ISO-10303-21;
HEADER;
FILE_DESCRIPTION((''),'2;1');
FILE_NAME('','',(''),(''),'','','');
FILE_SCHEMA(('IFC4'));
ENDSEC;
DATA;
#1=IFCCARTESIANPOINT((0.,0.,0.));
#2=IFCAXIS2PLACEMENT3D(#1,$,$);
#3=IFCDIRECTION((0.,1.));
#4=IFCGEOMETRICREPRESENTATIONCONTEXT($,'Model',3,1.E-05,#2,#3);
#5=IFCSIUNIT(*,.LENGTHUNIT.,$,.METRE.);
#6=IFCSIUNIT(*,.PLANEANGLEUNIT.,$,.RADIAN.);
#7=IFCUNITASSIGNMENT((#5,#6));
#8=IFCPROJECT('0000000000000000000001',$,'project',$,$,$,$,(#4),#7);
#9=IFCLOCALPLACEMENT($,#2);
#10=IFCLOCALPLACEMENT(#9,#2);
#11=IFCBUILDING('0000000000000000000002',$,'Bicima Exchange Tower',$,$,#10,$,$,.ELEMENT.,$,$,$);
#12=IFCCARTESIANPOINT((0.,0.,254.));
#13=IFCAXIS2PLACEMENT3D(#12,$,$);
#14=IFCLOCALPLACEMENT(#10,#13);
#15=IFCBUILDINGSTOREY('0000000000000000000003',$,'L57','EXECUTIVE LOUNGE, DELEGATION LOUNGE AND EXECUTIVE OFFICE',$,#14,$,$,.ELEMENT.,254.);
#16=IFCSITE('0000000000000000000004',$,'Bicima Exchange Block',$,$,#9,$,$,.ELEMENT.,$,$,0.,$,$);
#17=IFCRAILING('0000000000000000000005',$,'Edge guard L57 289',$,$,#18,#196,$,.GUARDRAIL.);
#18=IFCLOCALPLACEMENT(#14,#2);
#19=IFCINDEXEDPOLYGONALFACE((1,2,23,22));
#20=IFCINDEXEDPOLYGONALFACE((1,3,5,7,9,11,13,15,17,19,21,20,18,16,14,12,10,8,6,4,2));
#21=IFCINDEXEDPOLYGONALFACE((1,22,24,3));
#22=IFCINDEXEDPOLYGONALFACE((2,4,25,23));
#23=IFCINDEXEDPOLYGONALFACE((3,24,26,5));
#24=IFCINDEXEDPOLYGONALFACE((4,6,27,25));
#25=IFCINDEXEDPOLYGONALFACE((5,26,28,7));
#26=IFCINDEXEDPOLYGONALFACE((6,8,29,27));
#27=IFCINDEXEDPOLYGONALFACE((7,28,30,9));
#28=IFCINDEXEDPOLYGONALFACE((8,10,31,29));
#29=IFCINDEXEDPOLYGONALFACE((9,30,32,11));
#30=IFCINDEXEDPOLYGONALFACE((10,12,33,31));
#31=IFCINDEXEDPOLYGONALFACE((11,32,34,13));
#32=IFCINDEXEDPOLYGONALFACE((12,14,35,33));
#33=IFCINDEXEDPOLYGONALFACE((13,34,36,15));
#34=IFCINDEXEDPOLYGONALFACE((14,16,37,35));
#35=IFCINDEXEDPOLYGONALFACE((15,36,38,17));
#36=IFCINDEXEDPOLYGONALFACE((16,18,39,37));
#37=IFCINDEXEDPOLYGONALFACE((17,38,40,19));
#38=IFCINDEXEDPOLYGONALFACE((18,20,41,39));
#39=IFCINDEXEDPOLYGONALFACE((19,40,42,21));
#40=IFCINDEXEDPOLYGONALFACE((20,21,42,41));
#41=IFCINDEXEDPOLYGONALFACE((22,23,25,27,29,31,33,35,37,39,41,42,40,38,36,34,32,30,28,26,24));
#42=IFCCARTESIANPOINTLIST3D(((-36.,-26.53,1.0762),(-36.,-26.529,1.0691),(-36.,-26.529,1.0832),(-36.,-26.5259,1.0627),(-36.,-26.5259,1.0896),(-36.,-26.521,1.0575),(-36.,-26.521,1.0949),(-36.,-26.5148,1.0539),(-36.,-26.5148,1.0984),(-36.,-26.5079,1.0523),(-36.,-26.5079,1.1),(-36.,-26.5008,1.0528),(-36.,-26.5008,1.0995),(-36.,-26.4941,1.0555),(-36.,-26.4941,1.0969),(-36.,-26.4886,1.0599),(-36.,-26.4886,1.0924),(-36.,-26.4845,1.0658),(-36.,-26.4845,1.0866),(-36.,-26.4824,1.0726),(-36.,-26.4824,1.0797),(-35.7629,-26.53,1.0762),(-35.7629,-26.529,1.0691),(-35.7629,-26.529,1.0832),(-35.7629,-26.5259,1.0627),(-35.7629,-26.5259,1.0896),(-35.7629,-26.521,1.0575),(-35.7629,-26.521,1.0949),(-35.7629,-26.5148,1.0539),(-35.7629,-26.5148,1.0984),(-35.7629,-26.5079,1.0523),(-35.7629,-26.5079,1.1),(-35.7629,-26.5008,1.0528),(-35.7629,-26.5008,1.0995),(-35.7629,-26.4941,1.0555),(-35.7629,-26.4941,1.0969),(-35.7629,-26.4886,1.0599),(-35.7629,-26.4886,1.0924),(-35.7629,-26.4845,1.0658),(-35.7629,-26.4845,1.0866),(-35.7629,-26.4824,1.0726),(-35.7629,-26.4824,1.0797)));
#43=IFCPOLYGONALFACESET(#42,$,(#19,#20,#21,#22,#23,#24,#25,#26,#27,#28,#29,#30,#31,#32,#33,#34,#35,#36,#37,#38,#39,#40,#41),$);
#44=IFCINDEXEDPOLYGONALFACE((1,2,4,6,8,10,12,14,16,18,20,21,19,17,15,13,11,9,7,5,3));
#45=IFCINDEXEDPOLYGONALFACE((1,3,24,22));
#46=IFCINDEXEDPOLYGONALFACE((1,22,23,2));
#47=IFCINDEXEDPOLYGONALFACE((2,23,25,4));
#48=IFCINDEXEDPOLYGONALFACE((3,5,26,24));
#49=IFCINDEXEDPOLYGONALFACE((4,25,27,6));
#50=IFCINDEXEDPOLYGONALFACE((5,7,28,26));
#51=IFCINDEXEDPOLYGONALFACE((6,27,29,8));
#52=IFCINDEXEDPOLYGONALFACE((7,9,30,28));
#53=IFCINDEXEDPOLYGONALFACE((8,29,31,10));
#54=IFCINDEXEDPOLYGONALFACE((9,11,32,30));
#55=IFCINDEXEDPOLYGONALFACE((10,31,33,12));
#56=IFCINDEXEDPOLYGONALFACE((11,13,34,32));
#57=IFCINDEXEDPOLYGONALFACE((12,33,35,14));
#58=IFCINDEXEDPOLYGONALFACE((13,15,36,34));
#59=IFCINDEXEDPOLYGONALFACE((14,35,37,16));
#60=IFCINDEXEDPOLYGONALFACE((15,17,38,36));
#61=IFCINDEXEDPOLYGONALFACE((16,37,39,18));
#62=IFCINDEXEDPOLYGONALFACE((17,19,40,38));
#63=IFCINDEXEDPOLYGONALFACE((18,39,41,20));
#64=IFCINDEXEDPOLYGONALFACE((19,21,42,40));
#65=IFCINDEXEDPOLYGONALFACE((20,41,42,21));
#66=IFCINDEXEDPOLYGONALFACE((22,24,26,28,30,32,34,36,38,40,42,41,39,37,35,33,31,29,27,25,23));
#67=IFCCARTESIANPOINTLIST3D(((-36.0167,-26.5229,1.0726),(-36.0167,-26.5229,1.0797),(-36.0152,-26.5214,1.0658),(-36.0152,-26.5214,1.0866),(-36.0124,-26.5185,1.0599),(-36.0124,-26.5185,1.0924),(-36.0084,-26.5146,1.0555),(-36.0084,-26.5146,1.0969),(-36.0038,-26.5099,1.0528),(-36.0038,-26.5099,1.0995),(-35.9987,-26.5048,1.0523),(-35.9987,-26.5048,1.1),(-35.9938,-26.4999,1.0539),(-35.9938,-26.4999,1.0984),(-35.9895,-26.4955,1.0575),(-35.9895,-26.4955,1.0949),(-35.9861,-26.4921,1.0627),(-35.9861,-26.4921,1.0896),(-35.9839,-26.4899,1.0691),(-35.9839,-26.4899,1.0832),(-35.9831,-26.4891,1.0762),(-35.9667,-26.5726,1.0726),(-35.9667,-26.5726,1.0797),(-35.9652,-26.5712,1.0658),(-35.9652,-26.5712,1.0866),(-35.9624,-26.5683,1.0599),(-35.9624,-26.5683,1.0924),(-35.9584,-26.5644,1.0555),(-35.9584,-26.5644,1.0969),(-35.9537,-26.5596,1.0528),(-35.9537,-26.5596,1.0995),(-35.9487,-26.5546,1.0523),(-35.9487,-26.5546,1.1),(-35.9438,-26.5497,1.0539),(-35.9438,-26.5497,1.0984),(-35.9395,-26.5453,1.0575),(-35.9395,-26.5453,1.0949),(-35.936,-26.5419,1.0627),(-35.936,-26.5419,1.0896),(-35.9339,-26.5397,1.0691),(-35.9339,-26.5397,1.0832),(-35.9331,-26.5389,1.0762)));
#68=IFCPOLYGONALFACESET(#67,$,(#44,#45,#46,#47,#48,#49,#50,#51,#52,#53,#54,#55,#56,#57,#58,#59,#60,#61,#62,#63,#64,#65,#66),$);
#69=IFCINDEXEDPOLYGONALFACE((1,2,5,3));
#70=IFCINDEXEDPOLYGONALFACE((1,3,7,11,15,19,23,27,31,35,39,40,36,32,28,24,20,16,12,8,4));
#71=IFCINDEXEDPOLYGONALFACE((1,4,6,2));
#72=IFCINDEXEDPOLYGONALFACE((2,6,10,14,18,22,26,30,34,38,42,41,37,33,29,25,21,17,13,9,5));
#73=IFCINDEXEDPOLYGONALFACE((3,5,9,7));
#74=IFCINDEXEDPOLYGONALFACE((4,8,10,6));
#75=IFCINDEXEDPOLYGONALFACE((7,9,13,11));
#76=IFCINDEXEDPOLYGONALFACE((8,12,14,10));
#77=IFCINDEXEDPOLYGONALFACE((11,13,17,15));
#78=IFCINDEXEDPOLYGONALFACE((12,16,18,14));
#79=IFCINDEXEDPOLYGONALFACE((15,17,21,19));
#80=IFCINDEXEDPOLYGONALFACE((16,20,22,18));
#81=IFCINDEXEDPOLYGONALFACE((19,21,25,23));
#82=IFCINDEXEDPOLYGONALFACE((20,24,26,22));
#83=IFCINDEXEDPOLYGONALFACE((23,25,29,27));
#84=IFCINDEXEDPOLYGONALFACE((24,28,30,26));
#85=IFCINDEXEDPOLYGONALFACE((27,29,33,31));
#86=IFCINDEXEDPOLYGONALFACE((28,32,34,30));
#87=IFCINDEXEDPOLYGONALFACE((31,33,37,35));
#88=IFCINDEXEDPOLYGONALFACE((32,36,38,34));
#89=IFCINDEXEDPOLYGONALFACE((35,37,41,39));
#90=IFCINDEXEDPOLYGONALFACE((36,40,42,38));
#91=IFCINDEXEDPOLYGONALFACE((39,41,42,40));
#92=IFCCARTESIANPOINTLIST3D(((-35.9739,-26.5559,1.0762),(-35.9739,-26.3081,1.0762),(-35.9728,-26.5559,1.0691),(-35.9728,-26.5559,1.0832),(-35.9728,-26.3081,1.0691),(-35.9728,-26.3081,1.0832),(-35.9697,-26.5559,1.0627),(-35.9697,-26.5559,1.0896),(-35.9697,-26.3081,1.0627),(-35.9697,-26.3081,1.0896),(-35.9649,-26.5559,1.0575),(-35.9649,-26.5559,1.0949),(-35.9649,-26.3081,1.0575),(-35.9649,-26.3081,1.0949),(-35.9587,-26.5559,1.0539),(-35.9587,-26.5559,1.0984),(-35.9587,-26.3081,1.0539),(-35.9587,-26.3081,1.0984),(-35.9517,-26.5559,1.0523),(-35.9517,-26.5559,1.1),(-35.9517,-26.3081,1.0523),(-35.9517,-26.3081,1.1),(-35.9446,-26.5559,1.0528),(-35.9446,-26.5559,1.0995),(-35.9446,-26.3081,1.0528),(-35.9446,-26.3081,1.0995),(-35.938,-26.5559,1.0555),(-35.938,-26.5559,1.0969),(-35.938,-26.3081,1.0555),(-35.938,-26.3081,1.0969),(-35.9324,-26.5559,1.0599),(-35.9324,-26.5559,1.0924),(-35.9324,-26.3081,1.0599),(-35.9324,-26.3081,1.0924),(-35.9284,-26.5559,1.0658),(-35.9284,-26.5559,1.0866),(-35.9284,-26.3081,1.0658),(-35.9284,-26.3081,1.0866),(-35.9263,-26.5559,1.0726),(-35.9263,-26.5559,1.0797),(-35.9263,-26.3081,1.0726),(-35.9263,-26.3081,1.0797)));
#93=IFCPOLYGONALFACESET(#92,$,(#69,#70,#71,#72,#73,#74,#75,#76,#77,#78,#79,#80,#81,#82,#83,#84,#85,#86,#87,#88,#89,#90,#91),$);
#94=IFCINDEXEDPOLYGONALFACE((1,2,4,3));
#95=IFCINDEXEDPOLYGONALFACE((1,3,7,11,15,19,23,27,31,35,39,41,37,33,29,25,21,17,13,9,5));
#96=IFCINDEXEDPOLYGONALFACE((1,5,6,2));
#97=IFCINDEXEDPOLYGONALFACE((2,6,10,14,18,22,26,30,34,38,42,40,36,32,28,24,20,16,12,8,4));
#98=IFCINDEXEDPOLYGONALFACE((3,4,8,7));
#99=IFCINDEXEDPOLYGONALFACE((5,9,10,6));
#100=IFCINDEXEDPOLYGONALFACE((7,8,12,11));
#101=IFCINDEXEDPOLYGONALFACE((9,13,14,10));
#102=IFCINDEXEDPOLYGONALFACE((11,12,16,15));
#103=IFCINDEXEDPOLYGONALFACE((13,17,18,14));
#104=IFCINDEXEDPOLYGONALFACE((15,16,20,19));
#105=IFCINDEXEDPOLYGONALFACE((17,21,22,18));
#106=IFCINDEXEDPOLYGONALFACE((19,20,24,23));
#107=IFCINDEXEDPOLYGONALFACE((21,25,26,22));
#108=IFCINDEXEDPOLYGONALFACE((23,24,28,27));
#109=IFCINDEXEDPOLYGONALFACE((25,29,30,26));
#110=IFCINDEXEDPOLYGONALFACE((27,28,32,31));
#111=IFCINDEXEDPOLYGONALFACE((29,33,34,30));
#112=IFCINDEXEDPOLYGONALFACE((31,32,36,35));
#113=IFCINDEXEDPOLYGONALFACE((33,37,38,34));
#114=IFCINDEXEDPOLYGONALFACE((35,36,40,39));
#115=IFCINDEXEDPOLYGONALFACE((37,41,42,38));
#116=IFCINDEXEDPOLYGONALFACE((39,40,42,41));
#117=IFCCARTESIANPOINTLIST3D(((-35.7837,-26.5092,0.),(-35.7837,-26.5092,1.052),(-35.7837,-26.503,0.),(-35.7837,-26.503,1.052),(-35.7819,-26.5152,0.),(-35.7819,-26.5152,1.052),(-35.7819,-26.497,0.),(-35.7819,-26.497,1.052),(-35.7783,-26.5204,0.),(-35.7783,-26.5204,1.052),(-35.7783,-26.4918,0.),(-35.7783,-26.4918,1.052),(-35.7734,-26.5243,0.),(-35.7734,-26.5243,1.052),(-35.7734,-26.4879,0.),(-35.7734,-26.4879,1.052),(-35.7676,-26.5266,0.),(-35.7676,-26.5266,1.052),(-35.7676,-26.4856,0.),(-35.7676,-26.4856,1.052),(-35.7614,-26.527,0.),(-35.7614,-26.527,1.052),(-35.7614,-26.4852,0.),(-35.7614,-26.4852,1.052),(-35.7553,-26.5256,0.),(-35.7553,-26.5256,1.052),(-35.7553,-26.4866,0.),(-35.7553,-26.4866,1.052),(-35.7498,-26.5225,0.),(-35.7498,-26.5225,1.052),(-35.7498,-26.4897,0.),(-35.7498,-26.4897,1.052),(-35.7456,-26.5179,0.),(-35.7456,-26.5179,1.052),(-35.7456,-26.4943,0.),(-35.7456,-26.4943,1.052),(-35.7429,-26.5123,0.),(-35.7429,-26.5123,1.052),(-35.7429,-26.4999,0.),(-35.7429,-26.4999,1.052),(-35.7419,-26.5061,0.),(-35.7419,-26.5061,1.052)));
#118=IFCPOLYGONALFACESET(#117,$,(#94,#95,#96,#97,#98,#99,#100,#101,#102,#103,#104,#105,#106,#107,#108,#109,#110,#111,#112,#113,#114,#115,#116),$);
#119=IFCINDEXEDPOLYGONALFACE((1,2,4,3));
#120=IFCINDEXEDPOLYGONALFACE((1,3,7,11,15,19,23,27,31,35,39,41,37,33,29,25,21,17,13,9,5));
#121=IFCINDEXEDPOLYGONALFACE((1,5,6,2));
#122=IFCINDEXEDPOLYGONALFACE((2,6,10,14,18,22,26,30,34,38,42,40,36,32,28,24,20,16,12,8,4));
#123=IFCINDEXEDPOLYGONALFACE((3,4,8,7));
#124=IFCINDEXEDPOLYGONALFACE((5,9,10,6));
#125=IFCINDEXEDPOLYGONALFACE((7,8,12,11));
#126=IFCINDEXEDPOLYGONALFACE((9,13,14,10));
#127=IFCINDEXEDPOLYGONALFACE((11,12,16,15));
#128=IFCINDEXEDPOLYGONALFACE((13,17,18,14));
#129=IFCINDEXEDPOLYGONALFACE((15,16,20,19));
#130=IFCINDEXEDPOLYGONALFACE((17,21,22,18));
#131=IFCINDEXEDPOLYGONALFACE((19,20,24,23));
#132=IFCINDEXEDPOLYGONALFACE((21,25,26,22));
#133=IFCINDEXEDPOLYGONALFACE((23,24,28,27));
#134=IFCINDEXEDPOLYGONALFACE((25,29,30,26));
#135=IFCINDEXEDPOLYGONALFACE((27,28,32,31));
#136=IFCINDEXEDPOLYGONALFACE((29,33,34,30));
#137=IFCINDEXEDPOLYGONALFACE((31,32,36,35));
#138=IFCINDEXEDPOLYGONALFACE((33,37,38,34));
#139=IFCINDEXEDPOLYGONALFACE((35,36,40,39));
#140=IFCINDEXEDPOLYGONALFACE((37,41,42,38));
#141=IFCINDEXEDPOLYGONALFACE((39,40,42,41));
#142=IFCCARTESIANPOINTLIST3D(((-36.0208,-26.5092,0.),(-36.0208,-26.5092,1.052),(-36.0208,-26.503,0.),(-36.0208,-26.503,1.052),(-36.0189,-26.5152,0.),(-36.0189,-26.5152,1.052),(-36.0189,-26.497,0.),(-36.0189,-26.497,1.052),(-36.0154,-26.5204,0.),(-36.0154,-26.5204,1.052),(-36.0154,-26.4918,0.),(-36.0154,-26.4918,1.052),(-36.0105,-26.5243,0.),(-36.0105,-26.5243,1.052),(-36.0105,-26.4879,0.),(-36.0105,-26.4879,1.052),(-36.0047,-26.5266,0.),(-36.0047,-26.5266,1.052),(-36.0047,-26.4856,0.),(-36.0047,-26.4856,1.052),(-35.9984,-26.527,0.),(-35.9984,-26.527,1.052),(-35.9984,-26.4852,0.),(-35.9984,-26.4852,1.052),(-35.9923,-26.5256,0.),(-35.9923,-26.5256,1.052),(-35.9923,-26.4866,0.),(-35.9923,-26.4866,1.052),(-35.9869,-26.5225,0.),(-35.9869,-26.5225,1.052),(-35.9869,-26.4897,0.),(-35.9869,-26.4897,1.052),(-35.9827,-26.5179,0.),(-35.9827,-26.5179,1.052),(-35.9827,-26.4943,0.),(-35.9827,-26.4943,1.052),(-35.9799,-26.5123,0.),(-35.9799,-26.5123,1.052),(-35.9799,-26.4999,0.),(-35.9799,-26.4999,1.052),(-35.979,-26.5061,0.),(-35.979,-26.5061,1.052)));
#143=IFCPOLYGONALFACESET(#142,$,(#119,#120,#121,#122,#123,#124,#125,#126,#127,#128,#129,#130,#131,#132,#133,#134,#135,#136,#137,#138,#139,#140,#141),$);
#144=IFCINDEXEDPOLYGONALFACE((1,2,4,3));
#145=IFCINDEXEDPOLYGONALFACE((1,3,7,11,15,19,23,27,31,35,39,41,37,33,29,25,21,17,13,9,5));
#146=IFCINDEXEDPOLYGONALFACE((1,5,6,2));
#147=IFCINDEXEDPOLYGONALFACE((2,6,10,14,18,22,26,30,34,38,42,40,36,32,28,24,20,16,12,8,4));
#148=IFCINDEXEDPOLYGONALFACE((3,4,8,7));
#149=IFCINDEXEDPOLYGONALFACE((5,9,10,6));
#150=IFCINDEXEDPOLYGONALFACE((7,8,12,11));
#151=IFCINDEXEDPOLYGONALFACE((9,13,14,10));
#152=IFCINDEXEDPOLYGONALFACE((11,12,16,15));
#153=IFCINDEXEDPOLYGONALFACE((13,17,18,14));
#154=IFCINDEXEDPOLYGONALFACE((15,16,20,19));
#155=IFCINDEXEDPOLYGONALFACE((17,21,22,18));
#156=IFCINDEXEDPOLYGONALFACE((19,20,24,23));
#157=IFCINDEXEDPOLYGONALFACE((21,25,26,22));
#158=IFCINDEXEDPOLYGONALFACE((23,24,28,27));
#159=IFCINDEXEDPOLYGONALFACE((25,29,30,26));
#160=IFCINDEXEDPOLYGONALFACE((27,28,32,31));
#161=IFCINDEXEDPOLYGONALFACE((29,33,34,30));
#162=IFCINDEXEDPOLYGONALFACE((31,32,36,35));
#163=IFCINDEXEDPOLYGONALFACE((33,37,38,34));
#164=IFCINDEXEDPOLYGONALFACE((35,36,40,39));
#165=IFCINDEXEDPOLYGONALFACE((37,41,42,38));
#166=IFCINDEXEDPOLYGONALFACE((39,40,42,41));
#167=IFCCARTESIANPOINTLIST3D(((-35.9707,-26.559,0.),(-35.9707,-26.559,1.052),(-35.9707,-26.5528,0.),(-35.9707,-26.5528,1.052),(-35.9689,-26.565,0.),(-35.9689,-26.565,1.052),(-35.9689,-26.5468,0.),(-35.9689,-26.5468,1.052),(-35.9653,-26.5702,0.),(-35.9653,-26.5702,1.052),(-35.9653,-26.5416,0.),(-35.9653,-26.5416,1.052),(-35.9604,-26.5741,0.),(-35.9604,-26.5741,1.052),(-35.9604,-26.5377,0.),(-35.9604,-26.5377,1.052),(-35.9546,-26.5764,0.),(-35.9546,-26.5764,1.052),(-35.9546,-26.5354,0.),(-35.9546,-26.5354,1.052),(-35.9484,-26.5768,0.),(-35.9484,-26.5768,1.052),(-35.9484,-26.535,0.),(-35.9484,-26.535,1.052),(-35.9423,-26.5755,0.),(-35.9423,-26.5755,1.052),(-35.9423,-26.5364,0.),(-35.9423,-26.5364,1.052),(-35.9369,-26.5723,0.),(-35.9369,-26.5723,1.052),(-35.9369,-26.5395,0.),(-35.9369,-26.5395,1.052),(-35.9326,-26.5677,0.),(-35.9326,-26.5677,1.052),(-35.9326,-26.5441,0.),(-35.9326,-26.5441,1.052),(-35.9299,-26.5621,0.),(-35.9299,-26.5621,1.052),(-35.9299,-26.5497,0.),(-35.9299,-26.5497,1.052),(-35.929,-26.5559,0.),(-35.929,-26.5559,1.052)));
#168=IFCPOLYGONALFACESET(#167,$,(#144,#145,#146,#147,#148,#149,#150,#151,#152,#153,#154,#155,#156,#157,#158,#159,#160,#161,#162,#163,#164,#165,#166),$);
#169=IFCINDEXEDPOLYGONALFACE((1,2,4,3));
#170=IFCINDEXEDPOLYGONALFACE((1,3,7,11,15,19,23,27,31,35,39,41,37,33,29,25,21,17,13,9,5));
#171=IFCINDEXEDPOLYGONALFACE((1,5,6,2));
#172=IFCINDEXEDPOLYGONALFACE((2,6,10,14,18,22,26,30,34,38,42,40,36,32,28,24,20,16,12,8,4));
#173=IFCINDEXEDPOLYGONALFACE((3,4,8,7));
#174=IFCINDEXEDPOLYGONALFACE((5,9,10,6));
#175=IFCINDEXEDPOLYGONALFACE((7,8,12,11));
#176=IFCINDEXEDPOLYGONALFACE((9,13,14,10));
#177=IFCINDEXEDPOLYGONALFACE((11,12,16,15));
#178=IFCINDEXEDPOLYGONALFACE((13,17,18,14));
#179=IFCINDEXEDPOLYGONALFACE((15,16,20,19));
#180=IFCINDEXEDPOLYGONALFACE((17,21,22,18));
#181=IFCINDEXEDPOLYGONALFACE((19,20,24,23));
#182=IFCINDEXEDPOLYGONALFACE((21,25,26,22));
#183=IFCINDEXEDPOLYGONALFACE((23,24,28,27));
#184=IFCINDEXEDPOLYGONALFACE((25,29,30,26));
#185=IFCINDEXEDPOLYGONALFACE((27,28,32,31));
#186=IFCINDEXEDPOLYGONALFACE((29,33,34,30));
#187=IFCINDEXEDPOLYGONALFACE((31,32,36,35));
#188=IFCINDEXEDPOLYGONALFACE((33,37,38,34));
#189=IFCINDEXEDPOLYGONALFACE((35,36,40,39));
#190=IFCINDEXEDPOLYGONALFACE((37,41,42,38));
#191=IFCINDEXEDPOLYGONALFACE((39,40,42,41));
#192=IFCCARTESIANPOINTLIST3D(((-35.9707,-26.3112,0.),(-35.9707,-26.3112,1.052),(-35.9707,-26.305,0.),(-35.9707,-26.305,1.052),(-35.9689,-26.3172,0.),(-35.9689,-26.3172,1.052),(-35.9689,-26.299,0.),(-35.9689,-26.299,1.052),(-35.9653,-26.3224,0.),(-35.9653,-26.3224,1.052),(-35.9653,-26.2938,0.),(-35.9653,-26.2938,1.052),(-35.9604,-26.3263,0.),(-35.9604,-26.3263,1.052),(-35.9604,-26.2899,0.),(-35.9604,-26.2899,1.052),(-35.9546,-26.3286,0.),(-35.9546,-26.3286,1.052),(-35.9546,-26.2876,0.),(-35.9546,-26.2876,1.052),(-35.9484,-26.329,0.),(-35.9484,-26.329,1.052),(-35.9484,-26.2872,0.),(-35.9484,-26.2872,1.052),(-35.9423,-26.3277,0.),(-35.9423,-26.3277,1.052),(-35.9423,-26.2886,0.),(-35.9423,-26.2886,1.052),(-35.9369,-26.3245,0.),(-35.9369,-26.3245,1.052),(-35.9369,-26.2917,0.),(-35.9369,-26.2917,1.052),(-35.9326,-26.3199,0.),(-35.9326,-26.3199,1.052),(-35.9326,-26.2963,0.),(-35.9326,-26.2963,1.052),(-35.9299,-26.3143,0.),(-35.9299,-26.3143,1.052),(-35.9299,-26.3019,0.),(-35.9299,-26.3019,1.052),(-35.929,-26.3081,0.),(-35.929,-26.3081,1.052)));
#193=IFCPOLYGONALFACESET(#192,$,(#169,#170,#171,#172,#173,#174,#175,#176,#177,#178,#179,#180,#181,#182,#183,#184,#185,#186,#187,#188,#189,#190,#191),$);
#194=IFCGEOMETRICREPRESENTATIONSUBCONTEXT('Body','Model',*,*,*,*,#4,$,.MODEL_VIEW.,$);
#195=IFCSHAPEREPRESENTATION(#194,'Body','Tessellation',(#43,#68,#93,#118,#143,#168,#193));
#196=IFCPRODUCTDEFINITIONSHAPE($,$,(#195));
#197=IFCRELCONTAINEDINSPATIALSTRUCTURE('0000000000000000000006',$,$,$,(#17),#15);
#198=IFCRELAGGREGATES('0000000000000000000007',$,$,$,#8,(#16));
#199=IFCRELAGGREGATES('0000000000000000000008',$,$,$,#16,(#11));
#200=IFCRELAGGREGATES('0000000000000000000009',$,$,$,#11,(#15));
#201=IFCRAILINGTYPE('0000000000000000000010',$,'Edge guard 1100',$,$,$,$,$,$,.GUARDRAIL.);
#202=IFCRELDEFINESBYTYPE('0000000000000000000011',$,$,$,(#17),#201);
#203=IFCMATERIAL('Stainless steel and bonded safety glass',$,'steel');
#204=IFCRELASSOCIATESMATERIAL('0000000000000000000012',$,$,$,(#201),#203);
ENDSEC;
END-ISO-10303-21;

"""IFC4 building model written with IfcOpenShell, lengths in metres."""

from ifc_helpers import new_model, si_unit, direction, frame, origin, origin_2d, place, context, subcontext, project, spatial, circle, extrude, material, type_object, element, save


model = new_model("IFC4")

# Units and contexts
model_context = context("Model", 3, precision=1e-05, world=origin(), true_north=direction((0.0, 1.0)))
body_context = subcontext(model_context, "Body", "Model", "MODEL_VIEW")
ifc_project = project(units=[si_unit("LENGTHUNIT", "METRE"), si_unit("PLANEANGLEUNIT", "RADIAN")], contexts=[model_context])

# Site, building, storey
site_placement = place(None, origin())
site = spatial("IfcSite", under=ifc_project, at=site_placement, Name="Bicima Exchange Block", CompositionType="ELEMENT", RefElevation=0.0)
building_placement = place(site_placement, origin())
building = spatial("IfcBuilding", under=site, at=building_placement, Name="Bicima Exchange Tower", CompositionType="ELEMENT")
storey_placement = place(building_placement, frame((0.0, 0.0, 254.0)))
storey = spatial("IfcBuildingStorey", under=building, at=storey_placement, Name="L57", Description="EXECUTIVE LOUNGE, DELEGATION LOUNGE AND EXECUTIVE OFFICE", CompositionType="ELEMENT", Elevation=254.0)

# Railing
ifc_material_1 = material(Name="Stainless steel and bonded safety glass", Category="steel")
railing_type = type_object("IfcRailingType", Name="Edge guard 1100", PredefinedType="GUARDRAIL", material=ifc_material_1)
railing_placement = place(storey_placement, frame((-35.7629, -26.5061, 0.0)))
element("IfcRailing", 1, at=railing_placement, inside=storey, type_object=railing_type, Name="Edge guard L57 289", PredefinedType="GUARDRAIL", context=body_context, shape_type="SweptSolid", body=[
    extrude(circle(Radius=0.0239, at=origin_2d()), frame((0.0, 0.0, 1.0762), z_axis=(-1.0, 0.0, 0.0), x_axis=(0.0, -1.0, 0.0)), (0.0, 0.0, 1.0), 0.2371),
    extrude(circle(Radius=0.0239, at=origin_2d()), frame((-0.2371, 0.0, 1.0762), z_axis=(0.708834, -0.705376, 0.0), x_axis=(0.705376, 0.708834, 0.0)), (0.0, 0.0, 1.0), 0.0706),
    extrude(circle(Radius=0.0239, at=origin_2d()), frame((-0.187, -0.0498, 1.0762), z_axis=(0.0, 1.0, 0.0), x_axis=(-1.0, 0.0, 0.0)), (0.0, 0.0, 1.0), 0.2478),
    extrude(circle(Radius=0.021, at=origin_2d()), origin(), (0.0, 0.0, 1.0), 1.052),
    extrude(circle(Radius=0.021, at=origin_2d()), frame((-0.2371, 0.0, 0.0)), (0.0, 0.0, 1.0), 1.052),
    extrude(circle(Radius=0.021, at=origin_2d()), frame((-0.187, -0.0498, 0.0)), (0.0, 0.0, 1.0), 1.052),
    extrude(circle(Radius=0.021, at=origin_2d()), frame((-0.187, 0.198, 0.0)), (0.0, 0.0, 1.0), 1.052),
])

save(model, "model.ifc")
